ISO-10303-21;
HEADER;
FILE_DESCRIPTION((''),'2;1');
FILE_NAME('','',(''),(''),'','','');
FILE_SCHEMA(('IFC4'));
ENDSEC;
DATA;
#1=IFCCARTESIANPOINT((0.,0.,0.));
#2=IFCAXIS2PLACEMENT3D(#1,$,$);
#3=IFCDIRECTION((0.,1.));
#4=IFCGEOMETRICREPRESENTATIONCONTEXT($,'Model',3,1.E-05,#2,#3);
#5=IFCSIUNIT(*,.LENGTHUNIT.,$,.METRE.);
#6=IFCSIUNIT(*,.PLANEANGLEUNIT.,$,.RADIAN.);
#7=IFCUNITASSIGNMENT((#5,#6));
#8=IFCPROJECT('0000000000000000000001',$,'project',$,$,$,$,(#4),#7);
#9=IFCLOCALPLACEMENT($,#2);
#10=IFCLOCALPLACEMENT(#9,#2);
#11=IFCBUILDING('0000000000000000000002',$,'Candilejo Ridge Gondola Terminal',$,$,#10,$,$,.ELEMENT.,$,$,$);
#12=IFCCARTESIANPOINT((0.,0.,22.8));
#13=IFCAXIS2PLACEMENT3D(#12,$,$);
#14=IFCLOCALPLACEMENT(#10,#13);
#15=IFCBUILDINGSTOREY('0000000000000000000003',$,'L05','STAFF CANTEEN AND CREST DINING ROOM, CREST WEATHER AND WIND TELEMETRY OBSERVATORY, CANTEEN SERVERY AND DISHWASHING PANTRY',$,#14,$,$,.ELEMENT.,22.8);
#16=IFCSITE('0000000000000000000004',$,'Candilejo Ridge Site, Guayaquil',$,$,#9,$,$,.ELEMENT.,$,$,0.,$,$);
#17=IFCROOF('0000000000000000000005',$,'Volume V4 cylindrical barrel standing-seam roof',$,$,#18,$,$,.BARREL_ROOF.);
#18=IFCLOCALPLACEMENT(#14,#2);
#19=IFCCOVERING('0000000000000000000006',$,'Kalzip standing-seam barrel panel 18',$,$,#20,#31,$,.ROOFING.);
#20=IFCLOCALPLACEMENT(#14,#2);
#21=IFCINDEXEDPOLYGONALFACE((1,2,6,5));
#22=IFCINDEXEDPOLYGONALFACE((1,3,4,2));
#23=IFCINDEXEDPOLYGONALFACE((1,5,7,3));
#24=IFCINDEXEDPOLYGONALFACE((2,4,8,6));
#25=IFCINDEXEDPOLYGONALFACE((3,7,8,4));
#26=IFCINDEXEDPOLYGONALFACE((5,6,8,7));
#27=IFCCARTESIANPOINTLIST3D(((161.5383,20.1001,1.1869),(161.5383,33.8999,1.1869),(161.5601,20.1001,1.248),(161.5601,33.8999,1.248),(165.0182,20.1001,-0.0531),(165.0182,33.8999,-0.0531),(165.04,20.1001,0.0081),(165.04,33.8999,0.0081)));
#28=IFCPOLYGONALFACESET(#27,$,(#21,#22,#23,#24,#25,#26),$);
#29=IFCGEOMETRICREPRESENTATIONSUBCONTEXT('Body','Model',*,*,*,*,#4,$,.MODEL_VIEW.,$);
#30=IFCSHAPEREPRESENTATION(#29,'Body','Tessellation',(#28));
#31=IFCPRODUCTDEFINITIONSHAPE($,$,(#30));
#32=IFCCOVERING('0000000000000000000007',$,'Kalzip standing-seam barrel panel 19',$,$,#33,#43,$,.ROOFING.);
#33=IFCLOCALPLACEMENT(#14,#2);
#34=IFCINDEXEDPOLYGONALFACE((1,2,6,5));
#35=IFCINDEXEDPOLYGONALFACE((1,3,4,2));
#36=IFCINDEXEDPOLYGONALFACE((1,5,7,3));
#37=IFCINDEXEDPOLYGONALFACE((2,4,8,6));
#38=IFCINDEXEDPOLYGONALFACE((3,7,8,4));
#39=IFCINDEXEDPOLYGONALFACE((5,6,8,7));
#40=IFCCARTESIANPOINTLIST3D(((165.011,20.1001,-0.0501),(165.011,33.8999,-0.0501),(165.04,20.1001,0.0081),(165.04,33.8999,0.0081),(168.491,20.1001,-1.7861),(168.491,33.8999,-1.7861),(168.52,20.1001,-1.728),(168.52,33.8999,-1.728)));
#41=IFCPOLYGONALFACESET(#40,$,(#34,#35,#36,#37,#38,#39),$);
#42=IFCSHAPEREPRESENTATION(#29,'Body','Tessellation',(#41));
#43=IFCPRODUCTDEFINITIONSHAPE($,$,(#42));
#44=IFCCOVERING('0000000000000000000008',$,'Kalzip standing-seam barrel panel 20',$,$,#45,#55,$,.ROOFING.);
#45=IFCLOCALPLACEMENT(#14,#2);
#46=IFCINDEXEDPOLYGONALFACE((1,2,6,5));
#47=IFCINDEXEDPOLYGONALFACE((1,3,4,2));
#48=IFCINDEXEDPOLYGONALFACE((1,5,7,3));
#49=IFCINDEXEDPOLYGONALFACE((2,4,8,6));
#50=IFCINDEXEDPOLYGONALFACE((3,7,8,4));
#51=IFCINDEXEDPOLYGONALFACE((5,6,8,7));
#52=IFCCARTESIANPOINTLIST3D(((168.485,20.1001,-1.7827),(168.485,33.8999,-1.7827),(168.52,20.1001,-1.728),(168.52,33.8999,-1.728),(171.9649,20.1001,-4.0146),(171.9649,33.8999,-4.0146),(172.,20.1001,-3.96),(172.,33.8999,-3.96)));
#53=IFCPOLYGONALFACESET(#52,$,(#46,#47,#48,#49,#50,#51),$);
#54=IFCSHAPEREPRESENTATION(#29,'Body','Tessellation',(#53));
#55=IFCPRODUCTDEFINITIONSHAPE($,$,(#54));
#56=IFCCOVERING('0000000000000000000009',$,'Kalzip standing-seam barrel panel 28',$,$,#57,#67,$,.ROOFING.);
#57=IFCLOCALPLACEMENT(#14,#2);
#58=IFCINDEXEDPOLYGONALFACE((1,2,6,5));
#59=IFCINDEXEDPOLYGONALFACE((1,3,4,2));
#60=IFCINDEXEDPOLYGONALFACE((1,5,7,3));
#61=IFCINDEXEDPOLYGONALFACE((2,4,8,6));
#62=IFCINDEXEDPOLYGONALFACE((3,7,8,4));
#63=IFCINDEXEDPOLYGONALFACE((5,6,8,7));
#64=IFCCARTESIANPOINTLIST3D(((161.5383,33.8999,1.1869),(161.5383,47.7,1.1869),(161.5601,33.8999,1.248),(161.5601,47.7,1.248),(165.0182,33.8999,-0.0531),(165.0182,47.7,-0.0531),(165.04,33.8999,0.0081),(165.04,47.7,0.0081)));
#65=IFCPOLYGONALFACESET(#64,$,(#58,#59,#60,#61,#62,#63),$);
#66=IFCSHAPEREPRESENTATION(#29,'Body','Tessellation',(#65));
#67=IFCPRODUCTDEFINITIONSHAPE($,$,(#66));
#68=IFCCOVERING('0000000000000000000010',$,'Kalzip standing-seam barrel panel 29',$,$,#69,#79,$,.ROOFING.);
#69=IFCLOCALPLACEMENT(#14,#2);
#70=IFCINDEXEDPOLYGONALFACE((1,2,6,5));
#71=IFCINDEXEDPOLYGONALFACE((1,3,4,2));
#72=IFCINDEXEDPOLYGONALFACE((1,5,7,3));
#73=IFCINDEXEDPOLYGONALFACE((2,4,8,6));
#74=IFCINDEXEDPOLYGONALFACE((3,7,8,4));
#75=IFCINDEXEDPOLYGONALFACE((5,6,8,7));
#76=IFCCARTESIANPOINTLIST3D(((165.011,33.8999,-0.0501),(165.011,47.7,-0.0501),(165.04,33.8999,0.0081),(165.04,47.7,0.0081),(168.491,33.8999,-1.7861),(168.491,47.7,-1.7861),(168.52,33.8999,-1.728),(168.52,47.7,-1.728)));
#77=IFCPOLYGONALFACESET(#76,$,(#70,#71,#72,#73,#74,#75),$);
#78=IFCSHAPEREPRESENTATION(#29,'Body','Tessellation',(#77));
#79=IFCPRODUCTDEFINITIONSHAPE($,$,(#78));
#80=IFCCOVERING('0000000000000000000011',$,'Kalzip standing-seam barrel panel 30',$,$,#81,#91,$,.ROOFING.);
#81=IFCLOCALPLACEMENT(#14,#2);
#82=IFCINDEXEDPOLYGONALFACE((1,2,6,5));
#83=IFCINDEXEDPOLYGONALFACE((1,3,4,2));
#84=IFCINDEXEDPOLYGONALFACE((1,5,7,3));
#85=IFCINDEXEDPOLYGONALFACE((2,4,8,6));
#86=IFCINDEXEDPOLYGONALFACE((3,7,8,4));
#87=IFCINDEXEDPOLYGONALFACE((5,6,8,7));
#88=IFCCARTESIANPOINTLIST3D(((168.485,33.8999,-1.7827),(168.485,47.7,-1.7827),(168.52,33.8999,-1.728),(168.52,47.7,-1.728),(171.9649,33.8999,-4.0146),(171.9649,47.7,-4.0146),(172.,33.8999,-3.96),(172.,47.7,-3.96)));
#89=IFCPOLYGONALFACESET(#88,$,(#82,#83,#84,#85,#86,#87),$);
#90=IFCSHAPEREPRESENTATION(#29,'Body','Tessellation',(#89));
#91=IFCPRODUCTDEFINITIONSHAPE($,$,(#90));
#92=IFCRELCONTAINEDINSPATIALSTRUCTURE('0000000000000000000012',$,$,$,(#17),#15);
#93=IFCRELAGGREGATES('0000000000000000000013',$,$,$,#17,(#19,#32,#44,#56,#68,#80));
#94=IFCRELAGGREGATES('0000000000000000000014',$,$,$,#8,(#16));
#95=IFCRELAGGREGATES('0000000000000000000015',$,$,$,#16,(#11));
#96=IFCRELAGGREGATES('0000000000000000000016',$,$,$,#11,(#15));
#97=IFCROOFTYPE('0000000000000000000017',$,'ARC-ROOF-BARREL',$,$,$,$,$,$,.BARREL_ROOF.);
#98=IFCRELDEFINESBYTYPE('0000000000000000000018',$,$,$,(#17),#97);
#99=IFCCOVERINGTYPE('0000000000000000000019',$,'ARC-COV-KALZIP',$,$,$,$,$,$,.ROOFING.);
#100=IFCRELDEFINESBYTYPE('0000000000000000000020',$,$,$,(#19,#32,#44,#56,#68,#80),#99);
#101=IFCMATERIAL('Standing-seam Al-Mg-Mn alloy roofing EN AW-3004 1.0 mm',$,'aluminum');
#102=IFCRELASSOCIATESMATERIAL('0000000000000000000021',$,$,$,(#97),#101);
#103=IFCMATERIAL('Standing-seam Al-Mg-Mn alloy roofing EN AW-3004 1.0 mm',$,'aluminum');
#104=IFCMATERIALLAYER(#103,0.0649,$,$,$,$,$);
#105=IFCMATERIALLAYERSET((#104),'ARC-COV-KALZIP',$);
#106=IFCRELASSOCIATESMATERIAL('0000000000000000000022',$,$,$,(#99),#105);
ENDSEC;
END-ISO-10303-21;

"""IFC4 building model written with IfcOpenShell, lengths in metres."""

from ifc_helpers import new_model, si_unit, direction, frame, origin, place, context, subcontext, project, spatial, polyline, outline, extrude, material, layer, layer_set, type_object, element, aggregate, save


model = new_model("IFC4")

# Units and contexts
model_context = context("Model", 3, precision=1e-05, world=origin(), true_north=direction((0.0, 1.0)))
body_context = subcontext(model_context, "Body", "Model", "MODEL_VIEW")
ifc_project = project(units=[si_unit("LENGTHUNIT", "METRE"), si_unit("PLANEANGLEUNIT", "RADIAN")], contexts=[model_context])

# Site, building, storey
site_placement = place(None, origin())
site = spatial("IfcSite", under=ifc_project, at=site_placement, Name="Candilejo Ridge Site, Guayaquil", CompositionType="ELEMENT", RefElevation=0.0)
building_placement = place(site_placement, origin())
building = spatial("IfcBuilding", under=site, at=building_placement, Name="Candilejo Ridge Gondola Terminal", CompositionType="ELEMENT")
storey_placement = place(building_placement, frame((0.0, 0.0, 22.8)))
storey = spatial("IfcBuildingStorey", under=building, at=storey_placement, Name="L05", Description="STAFF CANTEEN AND CREST DINING ROOM, CREST WEATHER AND WIND TELEMETRY OBSERVATORY, CANTEEN SERVERY AND DISHWASHING PANTRY", CompositionType="ELEMENT", Elevation=22.8)

# Roof, coverings
ifc_material_1 = material(Name="Standing-seam Al-Mg-Mn alloy roofing EN AW-3004 1.0 mm", Category="aluminum")
roof_type = type_object("IfcRoofType", Name="ARC-ROOF-BARREL", PredefinedType="BARREL_ROOF", material=ifc_material_1)
roof_placement = place(storey_placement, origin())
roof = element("IfcRoof", 1, at=roof_placement, inside=storey, type_object=roof_type, Name="Volume V4 cylindrical barrel standing-seam roof", PredefinedType="BARREL_ROOF")
ifc_material_2 = material(Name="Standing-seam Al-Mg-Mn alloy roofing EN AW-3004 1.0 mm", Category="aluminum")
ifc_layer_1 = layer(ifc_material_2, 0.0649)
ifc_layer_set_1 = layer_set([ifc_layer_1], Name="ARC-COV-KALZIP")
covering_type = type_object("IfcCoveringType", Name="ARC-COV-KALZIP", PredefinedType="ROOFING", material=ifc_layer_set_1)
covering_1_placement = place(storey_placement, frame((161.5601, 20.1001, 1.248), z_axis=(0.33565, 0.0, 0.941987), x_axis=(0.941987, 0.0, -0.33565)))
covering_1 = element("IfcCovering", 2, at=covering_1_placement, type_object=covering_type, Name="Kalzip standing-seam barrel panel 18", PredefinedType="ROOFING", context=body_context, shape_type="SweptSolid", body=[
    extrude(outline(polyline([(0.0, 0.0), (3.6943, 0.0), (3.6943, 13.7998), (0.0, 13.7998), (0.0, 0.0)])), origin(), (0.0, 0.0, -1.0), 0.0649),
])
covering_2_placement = place(storey_placement, frame((165.04, 20.1001, 0.0081), z_axis=(0.44641, 0.0, 0.894829), x_axis=(0.894829, 0.0, -0.44641)))
covering_2 = element("IfcCovering", 3, at=covering_2_placement, type_object=covering_type, Name="Kalzip standing-seam barrel panel 19", PredefinedType="ROOFING", context=body_context, shape_type="SweptSolid", body=[
    extrude(outline(polyline([(0.0, 0.0), (3.889, 0.0), (3.889, 13.7998), (0.0, 13.7998), (0.0, 0.0)])), origin(), (0.0, 0.0, -1.0), 0.0649),
])
covering_3_placement = place(storey_placement, frame((168.52, 20.1001, -1.728), z_axis=(0.539868, 0.0, 0.84175), x_axis=(0.84175, 0.0, -0.539868)))
covering_3 = element("IfcCovering", 4, at=covering_3_placement, type_object=covering_type, Name="Kalzip standing-seam barrel panel 20", PredefinedType="ROOFING", context=body_context, shape_type="SweptSolid", body=[
    extrude(outline(polyline([(0.0, 0.0), (4.1342, 0.0), (4.1342, 13.7998), (0.0, 13.7998), (0.0, 0.0)])), origin(), (0.0, 0.0, -1.0), 0.0649),
])
covering_4_placement = place(storey_placement, frame((161.5601, 33.8999, 1.248), z_axis=(0.33565, 0.0, 0.941987), x_axis=(0.941987, 0.0, -0.33565)))
covering_4 = element("IfcCovering", 5, at=covering_4_placement, type_object=covering_type, Name="Kalzip standing-seam barrel panel 28", PredefinedType="ROOFING", context=body_context, shape_type="SweptSolid", body=[
    extrude(outline(polyline([(0.0, 0.0), (3.6943, 0.0), (3.6943, 13.8), (0.0, 13.8), (0.0, 0.0)])), origin(), (0.0, 0.0, -1.0), 0.0649),
])
covering_5_placement = place(storey_placement, frame((165.04, 33.8999, 0.0081), z_axis=(0.44641, 0.0, 0.894829), x_axis=(0.894829, 0.0, -0.44641)))
covering_5 = element("IfcCovering", 6, at=covering_5_placement, type_object=covering_type, Name="Kalzip standing-seam barrel panel 29", PredefinedType="ROOFING", context=body_context, shape_type="SweptSolid", body=[
    extrude(outline(polyline([(0.0, 0.0), (3.889, 0.0), (3.889, 13.8), (0.0, 13.8), (0.0, 0.0)])), origin(), (0.0, 0.0, -1.0), 0.0649),
])
covering_6_placement = place(storey_placement, frame((168.52, 33.8999, -1.728), z_axis=(0.539868, 0.0, 0.84175), x_axis=(0.84175, 0.0, -0.539868)))
covering_6 = element("IfcCovering", 7, at=covering_6_placement, type_object=covering_type, Name="Kalzip standing-seam barrel panel 30", PredefinedType="ROOFING", context=body_context, shape_type="SweptSolid", body=[
    extrude(outline(polyline([(0.0, 0.0), (4.1342, 0.0), (4.1342, 13.8), (0.0, 13.8), (0.0, 0.0)])), origin(), (0.0, 0.0, -1.0), 0.0649),
])
aggregate(roof, [covering_1, covering_2, covering_3, covering_4, covering_5, covering_6])

save(model, "model.ifc")
